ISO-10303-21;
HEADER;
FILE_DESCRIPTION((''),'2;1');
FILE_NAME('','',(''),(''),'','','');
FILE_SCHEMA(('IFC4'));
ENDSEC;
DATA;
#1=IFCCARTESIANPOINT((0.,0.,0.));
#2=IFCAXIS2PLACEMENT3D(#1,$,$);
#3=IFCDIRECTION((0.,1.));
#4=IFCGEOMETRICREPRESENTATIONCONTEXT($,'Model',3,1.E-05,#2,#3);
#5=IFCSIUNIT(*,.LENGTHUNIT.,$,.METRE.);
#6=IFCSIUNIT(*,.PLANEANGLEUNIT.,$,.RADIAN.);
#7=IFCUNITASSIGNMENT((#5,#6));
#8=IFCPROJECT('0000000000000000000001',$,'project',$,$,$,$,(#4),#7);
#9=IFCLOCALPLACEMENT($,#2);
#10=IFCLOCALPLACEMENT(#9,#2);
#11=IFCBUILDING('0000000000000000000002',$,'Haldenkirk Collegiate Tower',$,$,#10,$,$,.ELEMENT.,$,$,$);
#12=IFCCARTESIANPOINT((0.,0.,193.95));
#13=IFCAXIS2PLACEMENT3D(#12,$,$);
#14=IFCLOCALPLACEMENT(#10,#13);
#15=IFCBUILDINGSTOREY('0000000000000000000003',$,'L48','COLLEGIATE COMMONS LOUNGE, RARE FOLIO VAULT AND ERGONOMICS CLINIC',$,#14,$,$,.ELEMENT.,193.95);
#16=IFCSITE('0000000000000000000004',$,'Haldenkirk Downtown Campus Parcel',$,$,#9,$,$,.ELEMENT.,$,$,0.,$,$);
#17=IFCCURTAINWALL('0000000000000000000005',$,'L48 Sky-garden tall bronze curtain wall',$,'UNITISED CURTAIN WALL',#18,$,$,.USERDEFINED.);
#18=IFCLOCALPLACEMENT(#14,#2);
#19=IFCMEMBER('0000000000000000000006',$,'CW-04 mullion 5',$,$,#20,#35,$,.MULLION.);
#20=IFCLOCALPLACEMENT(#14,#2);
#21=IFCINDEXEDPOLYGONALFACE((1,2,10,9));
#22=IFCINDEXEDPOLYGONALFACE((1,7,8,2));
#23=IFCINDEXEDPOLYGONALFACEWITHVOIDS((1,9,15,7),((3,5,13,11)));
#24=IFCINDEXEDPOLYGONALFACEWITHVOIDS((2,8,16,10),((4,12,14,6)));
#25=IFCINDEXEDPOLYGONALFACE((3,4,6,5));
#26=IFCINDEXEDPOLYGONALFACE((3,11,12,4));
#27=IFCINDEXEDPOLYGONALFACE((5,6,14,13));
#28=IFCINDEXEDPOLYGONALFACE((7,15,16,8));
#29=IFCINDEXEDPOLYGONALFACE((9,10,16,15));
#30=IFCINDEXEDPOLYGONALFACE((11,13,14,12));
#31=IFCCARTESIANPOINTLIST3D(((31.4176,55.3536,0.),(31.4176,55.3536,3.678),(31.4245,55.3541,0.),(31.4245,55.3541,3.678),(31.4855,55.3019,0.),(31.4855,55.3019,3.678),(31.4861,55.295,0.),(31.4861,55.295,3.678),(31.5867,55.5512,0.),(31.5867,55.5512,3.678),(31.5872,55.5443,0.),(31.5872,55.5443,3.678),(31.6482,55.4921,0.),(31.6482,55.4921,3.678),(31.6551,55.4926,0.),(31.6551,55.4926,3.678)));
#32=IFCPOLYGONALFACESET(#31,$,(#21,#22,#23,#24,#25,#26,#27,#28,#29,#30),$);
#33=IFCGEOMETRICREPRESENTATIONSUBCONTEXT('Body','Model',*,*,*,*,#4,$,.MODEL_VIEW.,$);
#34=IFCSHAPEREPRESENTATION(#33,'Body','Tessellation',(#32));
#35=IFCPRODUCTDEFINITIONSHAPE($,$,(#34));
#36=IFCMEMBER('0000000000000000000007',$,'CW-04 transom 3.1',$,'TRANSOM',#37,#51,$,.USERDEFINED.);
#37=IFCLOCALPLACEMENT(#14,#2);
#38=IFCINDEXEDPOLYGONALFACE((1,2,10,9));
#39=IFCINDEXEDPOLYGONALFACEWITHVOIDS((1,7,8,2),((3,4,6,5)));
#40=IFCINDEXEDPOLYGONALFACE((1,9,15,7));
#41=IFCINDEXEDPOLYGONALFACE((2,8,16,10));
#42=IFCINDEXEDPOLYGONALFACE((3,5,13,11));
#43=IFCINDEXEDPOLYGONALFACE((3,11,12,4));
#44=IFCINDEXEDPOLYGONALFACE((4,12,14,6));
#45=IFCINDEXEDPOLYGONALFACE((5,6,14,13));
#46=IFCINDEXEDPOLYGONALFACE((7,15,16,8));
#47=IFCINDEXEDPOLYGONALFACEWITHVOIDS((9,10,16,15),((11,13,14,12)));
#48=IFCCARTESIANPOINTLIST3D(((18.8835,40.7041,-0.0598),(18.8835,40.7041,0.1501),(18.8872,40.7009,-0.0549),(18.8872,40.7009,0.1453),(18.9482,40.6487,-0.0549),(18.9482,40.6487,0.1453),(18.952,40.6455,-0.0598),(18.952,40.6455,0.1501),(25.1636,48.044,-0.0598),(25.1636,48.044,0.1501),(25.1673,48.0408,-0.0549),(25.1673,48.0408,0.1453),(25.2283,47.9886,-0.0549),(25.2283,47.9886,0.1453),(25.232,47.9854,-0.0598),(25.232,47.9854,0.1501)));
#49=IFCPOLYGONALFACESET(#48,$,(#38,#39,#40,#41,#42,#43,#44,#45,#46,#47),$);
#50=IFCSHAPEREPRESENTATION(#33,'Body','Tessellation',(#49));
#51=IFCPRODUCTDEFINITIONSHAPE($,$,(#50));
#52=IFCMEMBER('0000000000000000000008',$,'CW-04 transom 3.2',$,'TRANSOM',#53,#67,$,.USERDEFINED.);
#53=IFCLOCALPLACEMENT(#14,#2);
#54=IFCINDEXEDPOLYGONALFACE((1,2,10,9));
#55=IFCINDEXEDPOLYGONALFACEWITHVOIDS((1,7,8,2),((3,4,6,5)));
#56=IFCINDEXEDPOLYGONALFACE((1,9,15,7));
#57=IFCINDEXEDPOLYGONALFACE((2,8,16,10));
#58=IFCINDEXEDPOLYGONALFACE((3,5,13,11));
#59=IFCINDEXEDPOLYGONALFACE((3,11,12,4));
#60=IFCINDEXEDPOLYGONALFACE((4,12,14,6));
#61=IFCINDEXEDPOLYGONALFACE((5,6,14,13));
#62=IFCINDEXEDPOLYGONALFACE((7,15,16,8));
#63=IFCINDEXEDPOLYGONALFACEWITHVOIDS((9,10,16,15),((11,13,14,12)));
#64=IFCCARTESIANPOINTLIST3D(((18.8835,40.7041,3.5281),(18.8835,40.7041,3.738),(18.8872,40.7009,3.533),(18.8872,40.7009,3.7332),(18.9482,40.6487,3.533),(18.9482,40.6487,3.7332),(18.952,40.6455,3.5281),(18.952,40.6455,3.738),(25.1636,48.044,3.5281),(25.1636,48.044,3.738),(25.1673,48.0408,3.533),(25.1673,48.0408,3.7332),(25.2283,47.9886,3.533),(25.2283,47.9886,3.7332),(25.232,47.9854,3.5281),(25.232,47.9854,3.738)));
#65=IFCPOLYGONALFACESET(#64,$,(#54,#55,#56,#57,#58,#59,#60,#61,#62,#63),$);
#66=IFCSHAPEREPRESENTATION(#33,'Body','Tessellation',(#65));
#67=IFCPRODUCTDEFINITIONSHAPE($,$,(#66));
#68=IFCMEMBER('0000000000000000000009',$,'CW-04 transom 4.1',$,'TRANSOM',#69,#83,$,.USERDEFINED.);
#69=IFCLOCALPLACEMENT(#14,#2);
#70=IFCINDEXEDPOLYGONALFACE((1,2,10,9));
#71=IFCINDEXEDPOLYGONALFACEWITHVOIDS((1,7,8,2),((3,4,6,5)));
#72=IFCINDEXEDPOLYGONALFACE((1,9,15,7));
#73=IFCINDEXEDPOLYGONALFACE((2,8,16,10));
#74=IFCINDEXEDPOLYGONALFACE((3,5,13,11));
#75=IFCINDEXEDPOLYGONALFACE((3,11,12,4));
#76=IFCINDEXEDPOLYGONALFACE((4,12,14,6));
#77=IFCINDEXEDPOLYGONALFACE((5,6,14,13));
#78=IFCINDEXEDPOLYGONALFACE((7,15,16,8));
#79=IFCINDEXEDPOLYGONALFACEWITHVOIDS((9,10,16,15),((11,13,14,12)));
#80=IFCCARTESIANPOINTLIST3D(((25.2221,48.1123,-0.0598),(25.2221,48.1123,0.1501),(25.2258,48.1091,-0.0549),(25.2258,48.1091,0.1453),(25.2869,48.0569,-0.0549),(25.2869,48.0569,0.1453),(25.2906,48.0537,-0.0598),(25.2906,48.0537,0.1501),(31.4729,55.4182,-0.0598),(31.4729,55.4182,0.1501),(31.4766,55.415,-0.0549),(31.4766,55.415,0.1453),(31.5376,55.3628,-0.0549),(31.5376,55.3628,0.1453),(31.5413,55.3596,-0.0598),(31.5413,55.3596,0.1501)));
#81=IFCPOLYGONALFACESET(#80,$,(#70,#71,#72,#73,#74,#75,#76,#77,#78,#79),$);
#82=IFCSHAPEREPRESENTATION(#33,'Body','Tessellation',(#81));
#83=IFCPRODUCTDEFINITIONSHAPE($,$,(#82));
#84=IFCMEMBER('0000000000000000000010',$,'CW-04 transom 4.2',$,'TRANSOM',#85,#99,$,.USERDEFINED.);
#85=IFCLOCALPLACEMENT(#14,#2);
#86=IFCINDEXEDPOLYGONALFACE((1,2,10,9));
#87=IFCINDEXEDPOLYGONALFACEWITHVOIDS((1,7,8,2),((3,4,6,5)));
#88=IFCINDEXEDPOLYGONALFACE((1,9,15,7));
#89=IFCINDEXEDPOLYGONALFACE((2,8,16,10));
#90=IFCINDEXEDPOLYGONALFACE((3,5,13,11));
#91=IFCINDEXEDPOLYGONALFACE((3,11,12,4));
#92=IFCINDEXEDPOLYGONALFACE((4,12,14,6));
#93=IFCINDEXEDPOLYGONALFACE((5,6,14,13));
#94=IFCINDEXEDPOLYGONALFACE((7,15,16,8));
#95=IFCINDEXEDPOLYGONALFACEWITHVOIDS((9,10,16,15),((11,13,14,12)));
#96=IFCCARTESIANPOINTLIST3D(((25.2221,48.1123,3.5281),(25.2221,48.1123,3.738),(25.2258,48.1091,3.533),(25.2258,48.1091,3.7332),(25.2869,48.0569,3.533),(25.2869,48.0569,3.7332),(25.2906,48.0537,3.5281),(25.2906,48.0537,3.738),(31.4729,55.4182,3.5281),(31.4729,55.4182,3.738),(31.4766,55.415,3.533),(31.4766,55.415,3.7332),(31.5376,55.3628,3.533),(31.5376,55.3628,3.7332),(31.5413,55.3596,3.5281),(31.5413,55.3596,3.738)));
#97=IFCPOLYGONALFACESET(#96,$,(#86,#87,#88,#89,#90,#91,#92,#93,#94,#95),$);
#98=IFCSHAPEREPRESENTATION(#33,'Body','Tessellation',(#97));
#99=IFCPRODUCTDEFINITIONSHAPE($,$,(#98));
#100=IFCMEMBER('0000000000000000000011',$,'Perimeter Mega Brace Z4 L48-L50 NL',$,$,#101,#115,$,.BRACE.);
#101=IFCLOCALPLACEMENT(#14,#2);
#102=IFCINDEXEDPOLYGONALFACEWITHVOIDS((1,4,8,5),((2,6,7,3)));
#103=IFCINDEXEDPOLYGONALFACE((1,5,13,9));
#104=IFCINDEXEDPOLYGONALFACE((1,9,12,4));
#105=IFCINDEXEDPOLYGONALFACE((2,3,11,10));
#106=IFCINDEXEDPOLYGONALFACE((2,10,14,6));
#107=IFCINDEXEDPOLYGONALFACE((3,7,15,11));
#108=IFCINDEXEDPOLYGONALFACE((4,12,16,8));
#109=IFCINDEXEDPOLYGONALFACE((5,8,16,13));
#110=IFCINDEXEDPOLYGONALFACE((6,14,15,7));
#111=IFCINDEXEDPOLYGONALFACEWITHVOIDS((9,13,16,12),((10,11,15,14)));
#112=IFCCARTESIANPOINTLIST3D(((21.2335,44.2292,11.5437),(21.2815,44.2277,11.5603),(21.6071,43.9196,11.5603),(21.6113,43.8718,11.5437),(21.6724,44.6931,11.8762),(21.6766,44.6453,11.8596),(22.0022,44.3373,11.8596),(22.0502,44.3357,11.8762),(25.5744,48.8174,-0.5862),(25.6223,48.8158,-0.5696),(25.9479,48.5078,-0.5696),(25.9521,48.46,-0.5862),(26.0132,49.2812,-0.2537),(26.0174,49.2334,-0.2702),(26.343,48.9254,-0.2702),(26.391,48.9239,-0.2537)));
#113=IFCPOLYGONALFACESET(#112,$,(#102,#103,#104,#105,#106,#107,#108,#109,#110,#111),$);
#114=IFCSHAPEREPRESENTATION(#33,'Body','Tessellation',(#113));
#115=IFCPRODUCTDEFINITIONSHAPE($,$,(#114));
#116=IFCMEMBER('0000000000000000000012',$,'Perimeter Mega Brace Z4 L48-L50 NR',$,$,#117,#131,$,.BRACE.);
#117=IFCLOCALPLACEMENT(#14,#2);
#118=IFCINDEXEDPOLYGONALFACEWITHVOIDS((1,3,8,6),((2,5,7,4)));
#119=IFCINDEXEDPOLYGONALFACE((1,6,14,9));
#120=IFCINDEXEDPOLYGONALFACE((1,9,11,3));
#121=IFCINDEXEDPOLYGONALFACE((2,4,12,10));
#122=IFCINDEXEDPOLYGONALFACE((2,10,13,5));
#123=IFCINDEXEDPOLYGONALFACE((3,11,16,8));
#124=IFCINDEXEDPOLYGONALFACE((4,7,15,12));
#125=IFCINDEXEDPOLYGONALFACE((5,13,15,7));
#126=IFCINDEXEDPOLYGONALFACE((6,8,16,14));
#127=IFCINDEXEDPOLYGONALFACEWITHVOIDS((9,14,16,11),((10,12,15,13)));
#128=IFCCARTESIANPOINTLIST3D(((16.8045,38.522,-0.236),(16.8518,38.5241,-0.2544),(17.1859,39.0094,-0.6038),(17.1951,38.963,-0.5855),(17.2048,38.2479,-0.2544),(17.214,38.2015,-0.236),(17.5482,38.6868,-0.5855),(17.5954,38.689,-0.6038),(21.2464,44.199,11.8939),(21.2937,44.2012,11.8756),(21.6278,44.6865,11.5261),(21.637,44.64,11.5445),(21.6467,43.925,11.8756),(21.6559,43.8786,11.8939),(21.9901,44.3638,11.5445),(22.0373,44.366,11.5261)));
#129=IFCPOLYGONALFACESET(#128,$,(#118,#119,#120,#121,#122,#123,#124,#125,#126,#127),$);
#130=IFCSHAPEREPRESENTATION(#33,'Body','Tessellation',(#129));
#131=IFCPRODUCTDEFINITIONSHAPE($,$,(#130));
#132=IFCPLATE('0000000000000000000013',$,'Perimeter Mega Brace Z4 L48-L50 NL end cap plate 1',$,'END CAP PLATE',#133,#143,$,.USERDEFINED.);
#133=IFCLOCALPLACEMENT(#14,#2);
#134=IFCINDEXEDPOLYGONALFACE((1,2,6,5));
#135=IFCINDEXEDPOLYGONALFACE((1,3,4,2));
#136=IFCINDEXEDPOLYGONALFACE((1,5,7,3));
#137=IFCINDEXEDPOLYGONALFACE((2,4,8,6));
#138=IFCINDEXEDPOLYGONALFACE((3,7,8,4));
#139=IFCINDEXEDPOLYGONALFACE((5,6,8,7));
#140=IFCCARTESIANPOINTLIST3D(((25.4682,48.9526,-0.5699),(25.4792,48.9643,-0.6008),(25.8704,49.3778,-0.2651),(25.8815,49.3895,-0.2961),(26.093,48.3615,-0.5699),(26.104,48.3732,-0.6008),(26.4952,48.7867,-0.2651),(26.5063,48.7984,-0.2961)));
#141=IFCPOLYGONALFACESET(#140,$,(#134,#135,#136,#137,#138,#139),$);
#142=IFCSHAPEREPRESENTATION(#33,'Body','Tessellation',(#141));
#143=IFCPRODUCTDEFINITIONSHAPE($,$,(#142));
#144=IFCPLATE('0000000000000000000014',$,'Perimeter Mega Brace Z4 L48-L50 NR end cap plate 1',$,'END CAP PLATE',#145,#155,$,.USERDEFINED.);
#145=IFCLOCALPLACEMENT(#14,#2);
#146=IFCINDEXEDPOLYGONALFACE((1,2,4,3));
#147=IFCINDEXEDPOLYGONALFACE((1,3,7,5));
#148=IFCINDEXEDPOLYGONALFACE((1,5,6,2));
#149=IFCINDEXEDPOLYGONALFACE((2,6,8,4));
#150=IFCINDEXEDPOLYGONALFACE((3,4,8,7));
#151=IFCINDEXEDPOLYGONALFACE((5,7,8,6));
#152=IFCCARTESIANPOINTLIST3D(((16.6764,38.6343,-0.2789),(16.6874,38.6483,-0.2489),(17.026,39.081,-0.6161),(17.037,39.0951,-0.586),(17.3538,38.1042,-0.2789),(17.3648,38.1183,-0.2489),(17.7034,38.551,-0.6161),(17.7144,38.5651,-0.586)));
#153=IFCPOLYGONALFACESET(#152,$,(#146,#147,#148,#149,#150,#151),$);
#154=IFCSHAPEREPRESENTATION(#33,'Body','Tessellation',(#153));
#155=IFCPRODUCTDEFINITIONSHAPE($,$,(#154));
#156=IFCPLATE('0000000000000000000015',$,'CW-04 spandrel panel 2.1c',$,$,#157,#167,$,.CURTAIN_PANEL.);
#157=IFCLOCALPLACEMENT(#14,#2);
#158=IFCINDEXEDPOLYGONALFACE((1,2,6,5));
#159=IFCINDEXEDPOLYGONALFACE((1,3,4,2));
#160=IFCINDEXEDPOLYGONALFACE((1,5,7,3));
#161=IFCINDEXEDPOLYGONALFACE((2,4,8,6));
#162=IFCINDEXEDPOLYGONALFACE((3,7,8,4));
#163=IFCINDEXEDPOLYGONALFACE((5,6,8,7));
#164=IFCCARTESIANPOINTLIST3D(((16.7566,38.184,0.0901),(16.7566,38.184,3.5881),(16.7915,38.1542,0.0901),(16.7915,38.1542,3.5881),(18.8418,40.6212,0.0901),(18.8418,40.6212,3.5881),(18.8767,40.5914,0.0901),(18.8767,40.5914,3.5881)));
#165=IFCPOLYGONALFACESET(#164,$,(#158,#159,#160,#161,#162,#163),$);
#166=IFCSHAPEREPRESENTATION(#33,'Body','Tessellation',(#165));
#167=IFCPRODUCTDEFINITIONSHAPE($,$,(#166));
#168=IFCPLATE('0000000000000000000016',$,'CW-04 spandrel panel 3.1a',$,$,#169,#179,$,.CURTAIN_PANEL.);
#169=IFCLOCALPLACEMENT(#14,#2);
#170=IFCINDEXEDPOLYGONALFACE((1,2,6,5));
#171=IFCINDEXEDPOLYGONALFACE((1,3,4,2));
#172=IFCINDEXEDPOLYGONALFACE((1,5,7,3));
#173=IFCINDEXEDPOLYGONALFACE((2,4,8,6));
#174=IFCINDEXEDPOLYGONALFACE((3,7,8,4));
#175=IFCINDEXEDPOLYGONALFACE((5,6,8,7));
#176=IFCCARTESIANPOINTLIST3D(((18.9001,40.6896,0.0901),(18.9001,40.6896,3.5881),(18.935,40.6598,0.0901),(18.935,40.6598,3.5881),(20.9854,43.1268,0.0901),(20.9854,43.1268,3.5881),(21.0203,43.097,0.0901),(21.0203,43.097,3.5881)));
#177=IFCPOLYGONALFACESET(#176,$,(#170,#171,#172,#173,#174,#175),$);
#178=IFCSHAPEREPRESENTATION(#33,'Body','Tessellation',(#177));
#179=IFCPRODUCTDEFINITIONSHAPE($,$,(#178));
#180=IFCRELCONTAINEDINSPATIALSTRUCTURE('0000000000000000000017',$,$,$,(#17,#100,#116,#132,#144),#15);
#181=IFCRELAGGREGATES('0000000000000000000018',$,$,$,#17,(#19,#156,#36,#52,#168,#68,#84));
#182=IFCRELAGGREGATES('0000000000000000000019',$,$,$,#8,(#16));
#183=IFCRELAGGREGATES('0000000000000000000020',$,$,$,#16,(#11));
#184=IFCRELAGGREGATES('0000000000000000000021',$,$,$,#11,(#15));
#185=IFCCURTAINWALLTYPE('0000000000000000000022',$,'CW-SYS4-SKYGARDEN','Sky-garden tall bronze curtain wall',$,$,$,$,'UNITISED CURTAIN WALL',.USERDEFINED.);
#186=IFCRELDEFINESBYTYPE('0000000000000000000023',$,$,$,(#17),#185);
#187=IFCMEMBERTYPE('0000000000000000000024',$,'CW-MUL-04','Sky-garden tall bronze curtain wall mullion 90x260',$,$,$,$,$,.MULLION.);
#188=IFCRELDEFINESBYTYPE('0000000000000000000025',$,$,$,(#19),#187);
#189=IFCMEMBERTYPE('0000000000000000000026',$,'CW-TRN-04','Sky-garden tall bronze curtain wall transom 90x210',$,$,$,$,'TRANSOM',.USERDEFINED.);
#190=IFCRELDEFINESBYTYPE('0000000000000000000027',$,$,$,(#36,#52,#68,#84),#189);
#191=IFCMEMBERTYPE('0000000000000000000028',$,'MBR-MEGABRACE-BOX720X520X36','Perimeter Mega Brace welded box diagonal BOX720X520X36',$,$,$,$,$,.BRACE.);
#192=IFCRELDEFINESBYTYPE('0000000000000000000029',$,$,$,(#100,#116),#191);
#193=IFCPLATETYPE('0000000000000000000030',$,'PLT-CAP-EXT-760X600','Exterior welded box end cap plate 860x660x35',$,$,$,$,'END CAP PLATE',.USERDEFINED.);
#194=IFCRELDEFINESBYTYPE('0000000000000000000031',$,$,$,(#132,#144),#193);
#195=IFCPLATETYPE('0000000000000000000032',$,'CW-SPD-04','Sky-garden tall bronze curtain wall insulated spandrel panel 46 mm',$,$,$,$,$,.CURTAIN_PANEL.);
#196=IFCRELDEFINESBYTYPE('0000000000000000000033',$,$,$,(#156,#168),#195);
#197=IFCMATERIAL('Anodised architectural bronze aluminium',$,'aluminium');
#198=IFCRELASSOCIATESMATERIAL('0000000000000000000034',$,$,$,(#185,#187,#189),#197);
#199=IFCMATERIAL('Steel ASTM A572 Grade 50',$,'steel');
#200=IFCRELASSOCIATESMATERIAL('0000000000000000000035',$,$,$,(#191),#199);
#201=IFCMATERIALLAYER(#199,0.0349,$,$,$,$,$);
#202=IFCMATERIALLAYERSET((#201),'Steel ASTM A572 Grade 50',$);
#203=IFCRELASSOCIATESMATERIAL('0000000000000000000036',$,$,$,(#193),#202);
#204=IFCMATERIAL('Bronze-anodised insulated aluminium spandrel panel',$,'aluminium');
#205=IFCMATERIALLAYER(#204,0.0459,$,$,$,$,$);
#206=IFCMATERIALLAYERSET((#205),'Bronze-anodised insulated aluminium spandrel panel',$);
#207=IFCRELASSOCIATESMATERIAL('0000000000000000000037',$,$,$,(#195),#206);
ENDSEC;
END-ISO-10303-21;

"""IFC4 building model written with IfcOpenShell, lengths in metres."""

from ifc_helpers import new_model, si_unit, direction, frame, origin, origin_2d, place, context, subcontext, project, spatial, rectangle, hollow_rectangle, extrude, source, transform, mapped, material, layer, layer_set, material_profile, profile_set, type_object, element, aggregate, save


model = new_model("IFC4")

# Units and contexts
model_context = context("Model", 3, precision=1e-05, world=origin(), true_north=direction((0.0, 1.0)))
body_context = subcontext(model_context, "Body", "Model", "MODEL_VIEW")
ifc_project = project(units=[si_unit("LENGTHUNIT", "METRE"), si_unit("PLANEANGLEUNIT", "RADIAN")], contexts=[model_context])

# Site, building, storey
site_placement = place(None, origin())
site = spatial("IfcSite", under=ifc_project, at=site_placement, Name="Haldenkirk Downtown Campus Parcel", CompositionType="ELEMENT", RefElevation=0.0)
building_placement = place(site_placement, origin())
building = spatial("IfcBuilding", under=site, at=building_placement, Name="Haldenkirk Collegiate Tower", CompositionType="ELEMENT")
storey_placement = place(building_placement, frame((0.0, 0.0, 193.95)))
storey = spatial("IfcBuildingStorey", under=building, at=storey_placement, Name="L48", Description="COLLEGIATE COMMONS LOUNGE, RARE FOLIO VAULT AND ERGONOMICS CLINIC", CompositionType="ELEMENT", Elevation=193.95)

# Shared definitions
ifc_material_1 = material(Name="Steel ASTM A572 Grade 50", Category="steel")

# Curtain wall, members
ifc_material_2 = material(Name="Anodised architectural bronze aluminium", Category="aluminium")
curtain_wall_type = type_object("IfcCurtainWallType", Name="CW-SYS4-SKYGARDEN", Description="Sky-garden tall bronze curtain wall", ElementType="UNITISED CURTAIN WALL", PredefinedType="USERDEFINED", material=ifc_material_2)
curtain_wall_placement = place(storey_placement, origin())
curtain_wall = element("IfcCurtainWall", 1, at=curtain_wall_placement, inside=storey, type_object=curtain_wall_type, Name="L48 Sky-garden tall bronze curtain wall", ObjectType="UNITISED CURTAIN WALL", PredefinedType="USERDEFINED")
ifc_material_profile_1 = material_profile(ifc_material_2, hollow_rectangle(XDim=0.0901, YDim=0.26, WallThickness=0.0049, at=origin_2d()), Name="CW-MUL-04")
ifc_profile_set_1 = profile_set([ifc_material_profile_1], Name="Anodised architectural bronze aluminium")
member_type_1 = type_object("IfcMemberType", Name="CW-MUL-04", Description="Sky-garden tall bronze curtain wall mullion 90x260", PredefinedType="MULLION", material=ifc_profile_set_1)
member_1_placement = place(storey_placement, frame((31.5364, 55.4231, 0.0), z_axis=(0.0, 0.0, 1.0), x_axis=(-0.759838, 0.650112, 0.0)))
member_1 = element("IfcMember", 2, at=member_1_placement, type_object=member_type_1, Name="CW-04 mullion 5", PredefinedType="MULLION", context=body_context, shape_type="SweptSolid", body=[
    extrude(hollow_rectangle(XDim=0.0901, YDim=0.26, WallThickness=0.0049, at=origin_2d()), origin(), (0.0, 0.0, 1.0), 3.678),
])
ifc_material_profile_2 = material_profile(ifc_material_2, hollow_rectangle(XDim=0.0901, YDim=0.21, WallThickness=0.0049, at=origin_2d()), Name="CW-TRN-04")
ifc_profile_set_2 = profile_set([ifc_material_profile_2], Name="Anodised architectural bronze aluminium")
member_type_2 = type_object("IfcMemberType", Name="CW-TRN-04", Description="Sky-garden tall bronze curtain wall transom 90x210", ElementType="TRANSOM", PredefinedType="USERDEFINED", material=ifc_profile_set_2)
member_2_placement = place(storey_placement, frame((18.9177, 40.6748, 0.0452), z_axis=(0.650119, 0.759833, 0.0), x_axis=(-0.759833, 0.650119, 0.0)))
member_2 = element("IfcMember", 3, at=member_2_placement, type_object=member_type_2, Name="CW-04 transom 3.1", ObjectType="TRANSOM", PredefinedType="USERDEFINED", context=body_context, shape_type="SweptSolid", body=[
    extrude(hollow_rectangle(XDim=0.0901, YDim=0.21, WallThickness=0.0049, at=origin_2d()), origin(), (0.0, 0.0, 1.0), 9.6599),
])
member_3_placement = place(storey_placement, frame((18.9177, 40.6748, 3.6331), z_axis=(0.650119, 0.759833, 0.0), x_axis=(-0.759833, 0.650119, 0.0)))
member_3 = element("IfcMember", 4, at=member_3_placement, type_object=member_type_2, Name="CW-04 transom 3.2", ObjectType="TRANSOM", PredefinedType="USERDEFINED", context=body_context, shape_type="SweptSolid", body=[
    extrude(hollow_rectangle(XDim=0.0901, YDim=0.21, WallThickness=0.0049, at=origin_2d()), origin(), (0.0, 0.0, 1.0), 9.6599),
])
member_4_placement = place(storey_placement, frame((25.2563, 48.083, 0.0452), z_axis=(0.650103, 0.759846, 0.0), x_axis=(-0.759846, 0.650103, 0.0)))
member_4 = element("IfcMember", 5, at=member_4_placement, type_object=member_type_2, Name="CW-04 transom 4.1", ObjectType="TRANSOM", PredefinedType="USERDEFINED", context=body_context, shape_type="SweptSolid", body=[
    extrude(hollow_rectangle(XDim=0.0901, YDim=0.21, WallThickness=0.0049, at=origin_2d()), origin(), (0.0, 0.0, 1.0), 9.615),
])
member_5_placement = place(storey_placement, frame((25.2563, 48.083, 3.6331), z_axis=(0.650103, 0.759846, 0.0), x_axis=(-0.759846, 0.650103, 0.0)))
member_5 = element("IfcMember", 6, at=member_5_placement, type_object=member_type_2, Name="CW-04 transom 4.2", ObjectType="TRANSOM", PredefinedType="USERDEFINED", context=body_context, shape_type="SweptSolid", body=[
    extrude(hollow_rectangle(XDim=0.0901, YDim=0.21, WallThickness=0.0049, at=origin_2d()), origin(), (0.0, 0.0, 1.0), 9.615),
])

# Members
ifc_material_profile_3 = material_profile(ifc_material_1, hollow_rectangle(XDim=0.52, YDim=0.72, WallThickness=0.0359, at=origin_2d()), Name="BOX720X520X36")
ifc_profile_set_3 = profile_set([ifc_material_profile_3], Name="Steel ASTM A572 Grade 50")
member_type_3 = type_object("IfcMemberType", Name="MBR-MEGABRACE-BOX720X520X36", Description="Perimeter Mega Brace welded box diagonal BOX720X520X36", PredefinedType="BRACE", material=ifc_profile_set_3)
member_6_placement = place(storey_placement, frame((25.9827, 48.8706, -0.4199), z_axis=(-0.317409, -0.335493, 0.886959), x_axis=(0.726414, -0.687258, 0.0)))
element("IfcMember", 7, at=member_6_placement, inside=storey, type_object=member_type_3, Name="Perimeter Mega Brace Z4 L48-L50 NL", PredefinedType="BRACE", context=body_context, shape_type="SweptSolid", body=[
    extrude(hollow_rectangle(XDim=0.52, YDim=0.72, WallThickness=0.0359, at=origin_2d()), origin(), (0.0, 0.0, 1.0), 13.6758),
])
member_7_placement = place(storey_placement, frame((17.2, 38.6055, -0.4199), z_axis=(0.314804, 0.402338, 0.859664), x_axis=(-0.787571, 0.616224, 0.0)))
element("IfcMember", 8, at=member_7_placement, inside=storey, type_object=member_type_3, Name="Perimeter Mega Brace Z4 L48-L50 NR", PredefinedType="BRACE", context=body_context, shape_type="SweptSolid", body=[
    extrude(hollow_rectangle(XDim=0.52, YDim=0.72, WallThickness=0.0359, at=origin_2d()), origin(), (0.0, 0.0, 1.0), 14.1101),
])

# Plates
ifc_layer_1 = layer(ifc_material_1, 0.0349)
ifc_layer_set_1 = layer_set([ifc_layer_1], Name="Steel ASTM A572 Grade 50")
plate_type_1 = type_object("IfcPlateType", Name="PLT-CAP-EXT-760X600", Description="Exterior welded box end cap plate 860x660x35", ElementType="END CAP PLATE", PredefinedType="USERDEFINED", material=ifc_layer_set_1)
shared_shape_1 = source(origin(), body_context, "Body", "SweptSolid", [
    extrude(rectangle(XDim=0.8601, YDim=0.6599, at=origin_2d()), origin(), (0.0, 0.0, 1.0), 0.0349),
])
for number, where, z_axis, x_axis, name in (
    (9, (25.9817, 48.8696, -0.4175), (0.317404, 0.335495, -0.88696), (-0.72642, 0.687251, 0.000001), "Perimeter Mega Brace Z4 L48-L50 NL end cap plate 1"),
    (10, (17.2009, 38.6067, -0.4175), (-0.314802, -0.402335, -0.859666), (0.78757, -0.616225, 0.0), "Perimeter Mega Brace Z4 L48-L50 NR end cap plate 1"),
):
    element("IfcPlate", number, at=place(storey_placement, frame(where, z_axis=z_axis, x_axis=x_axis)), inside=storey, type_object=plate_type_1, Name=name, ObjectType="END CAP PLATE", PredefinedType="USERDEFINED", context=body_context, shape_type="MappedRepresentation", body=[
        mapped(shared_shape_1, transform((0.0, 0.0, 0.0), x_axis=(1.0, 0.0, 0.0), y_axis=(0.0, 1.0, 0.0), z_axis=(0.0, 0.0, 1.0), scale=1.0)),
    ])

# Plates
ifc_material_3 = material(Name="Bronze-anodised insulated aluminium spandrel panel", Category="aluminium")
ifc_layer_2 = layer(ifc_material_3, 0.0459)
ifc_layer_set_2 = layer_set([ifc_layer_2], Name="Bronze-anodised insulated aluminium spandrel panel")
plate_type_2 = type_object("IfcPlateType", Name="CW-SPD-04", Description="Sky-garden tall bronze curtain wall insulated spandrel panel 46 mm", PredefinedType="CURTAIN_PANEL", material=ifc_layer_set_2)
shared_shape_2 = source(origin(), body_context, "Body", "SweptSolid", [
    extrude(rectangle(XDim=3.2075, YDim=0.0459, at=origin_2d()), origin(), (0.0, 0.0, 1.0), 3.498),
])
plate_1_placement = place(storey_placement, frame((17.8167, 39.3877, 0.0901), z_axis=(0.0, 0.0, 1.0), x_axis=(0.650112, 0.759838, 0.0)))
plate_1 = element("IfcPlate", 11, at=plate_1_placement, type_object=plate_type_2, Name="CW-04 spandrel panel 2.1c", PredefinedType="CURTAIN_PANEL", context=body_context, shape_type="MappedRepresentation", body=[
    mapped(shared_shape_2, transform((0.0, 0.0, 0.0), x_axis=(1.0, 0.0, 0.0), y_axis=(0.0, 1.0, 0.0), z_axis=(0.0, 0.0, 1.0), scale=1.0)),
])
plate_2_placement = place(storey_placement, frame((19.9602, 41.8933, 0.0901), z_axis=(0.0, 0.0, 1.0), x_axis=(0.650112, 0.759838, 0.0)))
plate_2 = element("IfcPlate", 12, at=plate_2_placement, type_object=plate_type_2, Name="CW-04 spandrel panel 3.1a", PredefinedType="CURTAIN_PANEL", context=body_context, shape_type="MappedRepresentation", body=[
    mapped(shared_shape_2, transform((0.0, 0.0, 0.0), x_axis=(1.0, 0.0, 0.0), y_axis=(0.0, 1.0, 0.0), z_axis=(0.0, 0.0, 1.0), scale=1.0)),
])
aggregate(curtain_wall, [member_1, plate_1, member_2, member_3, plate_2, member_4, member_5])

save(model, "model.ifc")
